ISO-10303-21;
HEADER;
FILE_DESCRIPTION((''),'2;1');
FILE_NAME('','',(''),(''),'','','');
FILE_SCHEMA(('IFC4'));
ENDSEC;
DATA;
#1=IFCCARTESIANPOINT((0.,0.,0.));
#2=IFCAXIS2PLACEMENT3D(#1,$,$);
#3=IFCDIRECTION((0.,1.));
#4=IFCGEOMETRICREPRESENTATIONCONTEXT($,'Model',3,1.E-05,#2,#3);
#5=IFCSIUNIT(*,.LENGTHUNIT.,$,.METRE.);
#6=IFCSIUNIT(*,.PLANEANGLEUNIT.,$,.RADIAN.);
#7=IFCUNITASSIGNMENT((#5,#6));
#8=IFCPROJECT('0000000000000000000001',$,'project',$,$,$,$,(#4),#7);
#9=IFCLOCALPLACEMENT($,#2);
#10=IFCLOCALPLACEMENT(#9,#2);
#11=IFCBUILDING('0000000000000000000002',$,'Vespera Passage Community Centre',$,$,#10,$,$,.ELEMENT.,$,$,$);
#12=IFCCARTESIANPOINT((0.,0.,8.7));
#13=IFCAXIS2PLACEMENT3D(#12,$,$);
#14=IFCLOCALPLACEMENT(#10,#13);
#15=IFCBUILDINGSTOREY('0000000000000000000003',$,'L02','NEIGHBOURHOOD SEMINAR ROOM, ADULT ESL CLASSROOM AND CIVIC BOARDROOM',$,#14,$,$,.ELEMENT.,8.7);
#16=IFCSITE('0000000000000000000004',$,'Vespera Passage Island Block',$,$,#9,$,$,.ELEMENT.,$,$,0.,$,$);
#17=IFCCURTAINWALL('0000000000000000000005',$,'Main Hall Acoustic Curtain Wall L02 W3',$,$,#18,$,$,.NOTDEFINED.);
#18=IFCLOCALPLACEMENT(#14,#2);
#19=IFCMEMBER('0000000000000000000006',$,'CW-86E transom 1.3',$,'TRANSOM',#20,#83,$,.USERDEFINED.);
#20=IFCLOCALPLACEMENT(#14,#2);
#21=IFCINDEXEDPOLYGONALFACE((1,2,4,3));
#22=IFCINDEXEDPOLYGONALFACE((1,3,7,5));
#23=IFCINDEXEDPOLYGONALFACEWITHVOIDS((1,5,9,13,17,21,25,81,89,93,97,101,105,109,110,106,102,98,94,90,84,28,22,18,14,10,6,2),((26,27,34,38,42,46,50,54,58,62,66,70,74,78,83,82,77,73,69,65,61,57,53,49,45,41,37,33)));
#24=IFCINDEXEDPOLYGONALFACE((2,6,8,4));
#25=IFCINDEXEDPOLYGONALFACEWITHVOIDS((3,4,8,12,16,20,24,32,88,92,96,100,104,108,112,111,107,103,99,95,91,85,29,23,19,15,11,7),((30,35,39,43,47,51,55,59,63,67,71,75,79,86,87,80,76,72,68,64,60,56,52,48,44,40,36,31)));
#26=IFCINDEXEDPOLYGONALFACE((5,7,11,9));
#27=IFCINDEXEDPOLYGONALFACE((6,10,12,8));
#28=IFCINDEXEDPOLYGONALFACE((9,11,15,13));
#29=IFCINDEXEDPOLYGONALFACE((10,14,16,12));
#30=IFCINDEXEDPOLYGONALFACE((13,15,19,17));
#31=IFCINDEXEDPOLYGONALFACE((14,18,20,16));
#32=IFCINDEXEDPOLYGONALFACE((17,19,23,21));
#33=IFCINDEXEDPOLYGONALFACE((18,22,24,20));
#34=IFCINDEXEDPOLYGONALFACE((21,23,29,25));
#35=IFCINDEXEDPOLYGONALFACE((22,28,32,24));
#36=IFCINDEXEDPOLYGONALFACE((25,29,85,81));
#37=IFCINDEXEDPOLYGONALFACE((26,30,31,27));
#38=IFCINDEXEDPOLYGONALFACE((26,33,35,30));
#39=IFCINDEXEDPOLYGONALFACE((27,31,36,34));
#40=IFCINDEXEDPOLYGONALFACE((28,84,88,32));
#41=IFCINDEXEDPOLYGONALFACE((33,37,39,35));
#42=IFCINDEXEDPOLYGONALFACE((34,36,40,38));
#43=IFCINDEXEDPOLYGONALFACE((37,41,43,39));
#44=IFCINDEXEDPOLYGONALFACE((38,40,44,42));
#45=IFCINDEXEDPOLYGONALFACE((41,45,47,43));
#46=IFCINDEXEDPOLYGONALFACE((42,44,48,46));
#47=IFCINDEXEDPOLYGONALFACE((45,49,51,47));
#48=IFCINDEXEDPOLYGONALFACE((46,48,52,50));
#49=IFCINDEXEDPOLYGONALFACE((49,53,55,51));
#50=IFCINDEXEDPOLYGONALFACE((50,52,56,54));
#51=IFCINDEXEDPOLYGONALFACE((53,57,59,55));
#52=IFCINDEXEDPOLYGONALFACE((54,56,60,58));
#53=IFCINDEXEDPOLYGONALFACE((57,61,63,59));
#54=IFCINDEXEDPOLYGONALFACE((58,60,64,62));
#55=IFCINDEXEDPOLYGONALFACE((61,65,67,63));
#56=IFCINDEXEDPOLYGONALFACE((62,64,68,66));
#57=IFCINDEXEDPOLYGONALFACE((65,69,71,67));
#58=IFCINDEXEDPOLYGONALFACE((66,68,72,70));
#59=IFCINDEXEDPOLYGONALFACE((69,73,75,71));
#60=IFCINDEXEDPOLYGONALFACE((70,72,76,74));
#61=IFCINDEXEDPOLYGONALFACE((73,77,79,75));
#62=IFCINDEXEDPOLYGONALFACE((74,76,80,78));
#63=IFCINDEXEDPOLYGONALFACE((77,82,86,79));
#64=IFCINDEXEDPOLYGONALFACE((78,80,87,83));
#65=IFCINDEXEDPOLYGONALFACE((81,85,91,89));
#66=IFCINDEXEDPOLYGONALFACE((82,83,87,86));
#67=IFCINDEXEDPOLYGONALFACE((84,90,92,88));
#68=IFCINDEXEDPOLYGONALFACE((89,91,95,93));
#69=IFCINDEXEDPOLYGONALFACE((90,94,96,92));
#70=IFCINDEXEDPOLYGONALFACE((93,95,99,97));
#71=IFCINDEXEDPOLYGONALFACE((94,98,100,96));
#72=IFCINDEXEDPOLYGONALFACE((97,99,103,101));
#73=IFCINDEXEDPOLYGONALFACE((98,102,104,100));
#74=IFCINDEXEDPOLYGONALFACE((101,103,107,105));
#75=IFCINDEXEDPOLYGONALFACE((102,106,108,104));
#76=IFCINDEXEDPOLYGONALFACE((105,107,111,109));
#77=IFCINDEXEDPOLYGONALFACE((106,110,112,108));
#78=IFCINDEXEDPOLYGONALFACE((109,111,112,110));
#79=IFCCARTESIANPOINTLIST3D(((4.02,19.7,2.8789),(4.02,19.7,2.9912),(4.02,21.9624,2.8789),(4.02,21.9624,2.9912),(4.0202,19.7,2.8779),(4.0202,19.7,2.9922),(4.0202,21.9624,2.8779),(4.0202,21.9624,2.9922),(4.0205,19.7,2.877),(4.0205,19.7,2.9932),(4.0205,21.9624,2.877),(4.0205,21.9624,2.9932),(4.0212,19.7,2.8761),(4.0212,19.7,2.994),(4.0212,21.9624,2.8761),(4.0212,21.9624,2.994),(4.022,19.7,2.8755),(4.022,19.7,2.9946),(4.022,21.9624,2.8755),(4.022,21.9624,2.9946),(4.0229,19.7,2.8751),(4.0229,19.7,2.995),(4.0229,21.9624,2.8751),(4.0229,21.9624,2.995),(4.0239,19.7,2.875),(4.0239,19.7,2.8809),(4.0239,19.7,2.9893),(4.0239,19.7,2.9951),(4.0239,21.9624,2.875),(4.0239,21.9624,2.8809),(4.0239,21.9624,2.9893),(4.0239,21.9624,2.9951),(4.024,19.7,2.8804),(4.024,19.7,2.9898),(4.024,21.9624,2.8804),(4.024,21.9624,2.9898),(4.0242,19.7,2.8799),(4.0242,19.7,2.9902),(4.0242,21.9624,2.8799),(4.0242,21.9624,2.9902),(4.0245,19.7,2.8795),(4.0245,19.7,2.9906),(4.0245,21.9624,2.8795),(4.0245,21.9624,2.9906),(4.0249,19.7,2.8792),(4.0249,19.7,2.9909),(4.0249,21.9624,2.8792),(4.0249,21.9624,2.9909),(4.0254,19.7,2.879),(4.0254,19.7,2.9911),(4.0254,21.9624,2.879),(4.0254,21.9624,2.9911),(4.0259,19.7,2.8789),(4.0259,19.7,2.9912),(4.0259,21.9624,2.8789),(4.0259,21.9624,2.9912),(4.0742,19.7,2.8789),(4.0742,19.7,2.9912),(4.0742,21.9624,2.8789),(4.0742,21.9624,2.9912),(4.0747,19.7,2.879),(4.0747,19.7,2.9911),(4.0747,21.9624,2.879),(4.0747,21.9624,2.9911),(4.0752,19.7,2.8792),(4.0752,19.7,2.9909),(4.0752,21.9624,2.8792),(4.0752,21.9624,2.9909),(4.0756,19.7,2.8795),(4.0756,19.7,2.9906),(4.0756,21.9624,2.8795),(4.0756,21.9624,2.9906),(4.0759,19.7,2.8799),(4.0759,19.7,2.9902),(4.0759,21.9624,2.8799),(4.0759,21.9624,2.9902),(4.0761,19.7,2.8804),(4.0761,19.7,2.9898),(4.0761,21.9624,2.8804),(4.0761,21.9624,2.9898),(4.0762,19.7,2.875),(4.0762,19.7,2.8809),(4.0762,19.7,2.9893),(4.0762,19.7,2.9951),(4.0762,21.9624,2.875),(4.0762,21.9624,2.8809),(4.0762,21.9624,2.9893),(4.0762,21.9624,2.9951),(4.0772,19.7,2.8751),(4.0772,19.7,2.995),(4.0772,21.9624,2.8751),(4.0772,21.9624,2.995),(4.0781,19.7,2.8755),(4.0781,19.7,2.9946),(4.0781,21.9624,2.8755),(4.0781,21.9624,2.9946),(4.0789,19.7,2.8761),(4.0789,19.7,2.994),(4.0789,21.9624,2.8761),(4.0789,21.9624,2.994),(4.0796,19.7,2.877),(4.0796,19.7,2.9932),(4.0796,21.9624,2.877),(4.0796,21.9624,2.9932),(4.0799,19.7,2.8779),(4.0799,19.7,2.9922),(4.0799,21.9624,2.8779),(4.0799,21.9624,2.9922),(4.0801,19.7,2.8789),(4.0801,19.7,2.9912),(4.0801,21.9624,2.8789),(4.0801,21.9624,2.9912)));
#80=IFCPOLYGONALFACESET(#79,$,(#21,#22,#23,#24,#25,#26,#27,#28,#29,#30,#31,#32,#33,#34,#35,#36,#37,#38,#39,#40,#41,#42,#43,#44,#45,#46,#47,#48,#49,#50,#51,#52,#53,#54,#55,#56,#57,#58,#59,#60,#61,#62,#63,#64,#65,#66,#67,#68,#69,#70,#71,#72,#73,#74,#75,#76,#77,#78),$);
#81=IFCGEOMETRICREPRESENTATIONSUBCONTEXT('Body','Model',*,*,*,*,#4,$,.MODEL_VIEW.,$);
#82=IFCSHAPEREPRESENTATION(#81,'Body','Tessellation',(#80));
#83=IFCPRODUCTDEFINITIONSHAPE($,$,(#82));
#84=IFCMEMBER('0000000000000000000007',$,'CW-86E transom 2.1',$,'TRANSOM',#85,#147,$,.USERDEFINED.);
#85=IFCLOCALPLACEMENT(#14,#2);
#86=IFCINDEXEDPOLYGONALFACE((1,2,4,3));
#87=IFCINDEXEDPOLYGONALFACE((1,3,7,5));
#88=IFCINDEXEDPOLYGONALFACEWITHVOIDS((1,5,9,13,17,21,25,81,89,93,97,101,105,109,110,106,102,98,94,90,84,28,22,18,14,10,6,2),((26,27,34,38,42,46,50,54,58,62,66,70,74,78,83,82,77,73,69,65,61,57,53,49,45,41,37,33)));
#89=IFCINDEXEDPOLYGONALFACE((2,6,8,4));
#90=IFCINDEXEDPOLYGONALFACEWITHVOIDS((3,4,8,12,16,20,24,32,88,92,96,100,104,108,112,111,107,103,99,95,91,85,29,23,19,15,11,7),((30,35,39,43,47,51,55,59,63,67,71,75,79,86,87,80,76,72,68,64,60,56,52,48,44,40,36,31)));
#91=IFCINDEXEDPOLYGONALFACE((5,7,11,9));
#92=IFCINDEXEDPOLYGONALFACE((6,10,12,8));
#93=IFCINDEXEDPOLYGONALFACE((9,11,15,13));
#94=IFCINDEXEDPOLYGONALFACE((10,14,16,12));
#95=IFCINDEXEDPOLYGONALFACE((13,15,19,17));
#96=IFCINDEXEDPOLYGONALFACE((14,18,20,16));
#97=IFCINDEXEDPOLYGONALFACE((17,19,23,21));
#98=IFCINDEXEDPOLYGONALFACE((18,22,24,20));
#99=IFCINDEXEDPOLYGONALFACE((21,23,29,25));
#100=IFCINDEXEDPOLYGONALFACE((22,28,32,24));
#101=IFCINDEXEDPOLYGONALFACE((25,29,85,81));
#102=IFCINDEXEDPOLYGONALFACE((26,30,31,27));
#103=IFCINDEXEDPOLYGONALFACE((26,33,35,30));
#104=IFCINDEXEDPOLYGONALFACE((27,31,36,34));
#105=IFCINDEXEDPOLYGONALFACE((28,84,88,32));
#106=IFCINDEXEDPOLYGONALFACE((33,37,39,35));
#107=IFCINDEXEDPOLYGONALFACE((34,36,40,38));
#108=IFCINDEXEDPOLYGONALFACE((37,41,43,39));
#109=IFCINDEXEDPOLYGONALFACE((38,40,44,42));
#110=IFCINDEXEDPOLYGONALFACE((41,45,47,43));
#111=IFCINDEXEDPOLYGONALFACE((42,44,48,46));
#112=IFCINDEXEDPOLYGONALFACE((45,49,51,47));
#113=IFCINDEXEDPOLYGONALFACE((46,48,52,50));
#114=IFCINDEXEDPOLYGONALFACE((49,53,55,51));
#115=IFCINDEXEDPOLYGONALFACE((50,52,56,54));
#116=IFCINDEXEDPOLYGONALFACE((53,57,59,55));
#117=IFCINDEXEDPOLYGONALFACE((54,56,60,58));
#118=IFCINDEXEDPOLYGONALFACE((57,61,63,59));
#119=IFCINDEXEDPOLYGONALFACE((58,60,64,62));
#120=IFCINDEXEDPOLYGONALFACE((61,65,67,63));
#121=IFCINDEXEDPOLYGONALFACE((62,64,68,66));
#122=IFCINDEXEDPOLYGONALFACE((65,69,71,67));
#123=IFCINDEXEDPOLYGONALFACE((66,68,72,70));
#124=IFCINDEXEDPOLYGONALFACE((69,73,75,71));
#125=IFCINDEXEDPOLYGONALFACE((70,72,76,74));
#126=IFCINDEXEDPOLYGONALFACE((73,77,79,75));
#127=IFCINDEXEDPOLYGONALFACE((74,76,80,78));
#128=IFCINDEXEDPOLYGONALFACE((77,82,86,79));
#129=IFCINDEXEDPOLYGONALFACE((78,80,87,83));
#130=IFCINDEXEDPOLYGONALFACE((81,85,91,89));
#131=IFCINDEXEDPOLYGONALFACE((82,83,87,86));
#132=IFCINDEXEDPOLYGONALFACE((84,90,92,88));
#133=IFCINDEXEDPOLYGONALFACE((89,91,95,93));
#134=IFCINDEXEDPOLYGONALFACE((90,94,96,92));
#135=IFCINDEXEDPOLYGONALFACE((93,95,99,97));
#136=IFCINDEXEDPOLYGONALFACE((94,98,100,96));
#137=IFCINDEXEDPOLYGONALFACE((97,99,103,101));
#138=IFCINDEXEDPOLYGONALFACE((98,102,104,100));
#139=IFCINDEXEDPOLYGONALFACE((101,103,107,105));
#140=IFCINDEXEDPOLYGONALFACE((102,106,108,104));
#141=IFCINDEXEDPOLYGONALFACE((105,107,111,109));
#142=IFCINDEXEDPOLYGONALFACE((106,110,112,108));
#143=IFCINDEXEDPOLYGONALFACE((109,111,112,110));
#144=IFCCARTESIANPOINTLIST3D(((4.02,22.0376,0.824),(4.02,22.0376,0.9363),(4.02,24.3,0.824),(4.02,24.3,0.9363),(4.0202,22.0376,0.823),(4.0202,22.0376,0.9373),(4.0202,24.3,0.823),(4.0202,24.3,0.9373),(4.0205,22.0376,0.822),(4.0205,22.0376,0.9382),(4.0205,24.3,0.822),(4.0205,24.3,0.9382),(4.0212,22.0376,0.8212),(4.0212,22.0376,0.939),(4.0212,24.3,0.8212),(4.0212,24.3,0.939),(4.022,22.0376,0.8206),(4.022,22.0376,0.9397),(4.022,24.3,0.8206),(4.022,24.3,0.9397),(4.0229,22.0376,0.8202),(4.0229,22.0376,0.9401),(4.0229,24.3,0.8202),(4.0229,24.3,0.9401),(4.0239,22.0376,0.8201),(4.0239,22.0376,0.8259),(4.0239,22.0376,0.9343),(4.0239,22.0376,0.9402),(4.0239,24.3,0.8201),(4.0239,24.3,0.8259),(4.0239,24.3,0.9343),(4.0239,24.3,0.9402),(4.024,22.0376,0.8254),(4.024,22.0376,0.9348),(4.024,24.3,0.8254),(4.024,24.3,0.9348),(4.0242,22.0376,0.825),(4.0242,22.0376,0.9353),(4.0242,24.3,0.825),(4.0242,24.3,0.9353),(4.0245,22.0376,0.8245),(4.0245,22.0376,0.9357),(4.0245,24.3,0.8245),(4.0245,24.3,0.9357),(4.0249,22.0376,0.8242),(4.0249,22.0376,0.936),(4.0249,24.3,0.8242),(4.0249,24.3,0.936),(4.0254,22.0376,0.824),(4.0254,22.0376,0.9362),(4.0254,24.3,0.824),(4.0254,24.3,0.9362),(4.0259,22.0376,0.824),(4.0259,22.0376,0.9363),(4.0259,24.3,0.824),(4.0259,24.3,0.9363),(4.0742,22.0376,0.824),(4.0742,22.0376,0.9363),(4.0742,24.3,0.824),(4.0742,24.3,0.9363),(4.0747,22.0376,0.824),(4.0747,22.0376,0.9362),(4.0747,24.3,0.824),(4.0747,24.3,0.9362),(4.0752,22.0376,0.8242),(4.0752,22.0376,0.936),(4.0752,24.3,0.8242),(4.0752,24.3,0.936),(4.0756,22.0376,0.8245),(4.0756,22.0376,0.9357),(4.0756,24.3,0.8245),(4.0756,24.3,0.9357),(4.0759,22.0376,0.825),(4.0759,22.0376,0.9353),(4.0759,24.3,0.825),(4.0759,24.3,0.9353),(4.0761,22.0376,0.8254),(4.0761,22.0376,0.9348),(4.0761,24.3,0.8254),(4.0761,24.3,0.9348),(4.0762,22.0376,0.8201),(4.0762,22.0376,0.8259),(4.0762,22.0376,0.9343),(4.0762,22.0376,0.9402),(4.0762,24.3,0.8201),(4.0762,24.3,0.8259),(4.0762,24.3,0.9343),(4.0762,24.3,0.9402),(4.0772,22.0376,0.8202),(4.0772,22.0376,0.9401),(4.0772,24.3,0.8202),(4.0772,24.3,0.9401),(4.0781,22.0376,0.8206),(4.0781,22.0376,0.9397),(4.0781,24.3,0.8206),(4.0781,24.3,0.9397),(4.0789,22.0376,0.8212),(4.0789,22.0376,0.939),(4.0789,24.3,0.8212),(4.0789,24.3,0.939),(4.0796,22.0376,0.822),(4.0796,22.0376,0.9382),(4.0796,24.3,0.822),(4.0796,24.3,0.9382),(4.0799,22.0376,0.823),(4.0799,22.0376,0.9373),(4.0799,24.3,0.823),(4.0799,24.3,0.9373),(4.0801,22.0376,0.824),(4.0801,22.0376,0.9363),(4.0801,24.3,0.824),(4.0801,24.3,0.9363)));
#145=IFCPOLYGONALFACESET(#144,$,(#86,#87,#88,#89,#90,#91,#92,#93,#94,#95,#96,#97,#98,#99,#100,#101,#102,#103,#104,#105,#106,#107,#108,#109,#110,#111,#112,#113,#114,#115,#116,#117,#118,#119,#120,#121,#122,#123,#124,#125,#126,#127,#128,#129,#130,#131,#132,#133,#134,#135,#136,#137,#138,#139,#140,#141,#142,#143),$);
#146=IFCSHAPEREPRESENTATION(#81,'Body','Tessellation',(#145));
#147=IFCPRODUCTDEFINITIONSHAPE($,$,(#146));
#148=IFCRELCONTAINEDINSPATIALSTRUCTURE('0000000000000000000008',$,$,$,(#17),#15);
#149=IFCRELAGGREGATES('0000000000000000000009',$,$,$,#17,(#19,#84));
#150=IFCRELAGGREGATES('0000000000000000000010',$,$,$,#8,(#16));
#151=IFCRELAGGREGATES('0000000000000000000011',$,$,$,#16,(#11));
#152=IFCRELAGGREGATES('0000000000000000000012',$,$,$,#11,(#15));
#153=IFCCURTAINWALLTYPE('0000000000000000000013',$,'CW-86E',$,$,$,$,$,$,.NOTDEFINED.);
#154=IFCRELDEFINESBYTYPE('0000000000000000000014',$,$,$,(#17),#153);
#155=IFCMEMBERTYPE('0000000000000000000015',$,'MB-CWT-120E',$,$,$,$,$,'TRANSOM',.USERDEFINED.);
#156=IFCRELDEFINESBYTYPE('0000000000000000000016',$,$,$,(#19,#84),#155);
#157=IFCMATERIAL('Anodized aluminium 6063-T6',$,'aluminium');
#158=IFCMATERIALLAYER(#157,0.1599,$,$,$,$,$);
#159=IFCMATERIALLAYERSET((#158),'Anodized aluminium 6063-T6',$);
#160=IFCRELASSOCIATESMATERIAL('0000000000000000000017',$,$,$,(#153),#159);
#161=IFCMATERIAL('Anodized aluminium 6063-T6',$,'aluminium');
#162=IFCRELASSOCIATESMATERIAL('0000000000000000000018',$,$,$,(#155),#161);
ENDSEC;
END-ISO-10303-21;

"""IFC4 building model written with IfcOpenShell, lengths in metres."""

from ifc_helpers import new_model, si_unit, direction, frame, origin, origin_2d, place, context, subcontext, project, spatial, hollow_rectangle, extrude, material, layer, layer_set, material_profile, profile_set, type_object, element, aggregate, save


model = new_model("IFC4")

# Units and contexts
model_context = context("Model", 3, precision=1e-05, world=origin(), true_north=direction((0.0, 1.0)))
body_context = subcontext(model_context, "Body", "Model", "MODEL_VIEW")
ifc_project = project(units=[si_unit("LENGTHUNIT", "METRE"), si_unit("PLANEANGLEUNIT", "RADIAN")], contexts=[model_context])

# Site, building, storey
site_placement = place(None, origin())
site = spatial("IfcSite", under=ifc_project, at=site_placement, Name="Vespera Passage Island Block", CompositionType="ELEMENT", RefElevation=0.0)
building_placement = place(site_placement, origin())
building = spatial("IfcBuilding", under=site, at=building_placement, Name="Vespera Passage Community Centre", CompositionType="ELEMENT")
storey_placement = place(building_placement, frame((0.0, 0.0, 8.7)))
storey = spatial("IfcBuildingStorey", under=building, at=storey_placement, Name="L02", Description="NEIGHBOURHOOD SEMINAR ROOM, ADULT ESL CLASSROOM AND CIVIC BOARDROOM", CompositionType="ELEMENT", Elevation=8.7)

# Shared definitions
ifc_material_1 = material(Name="Anodized aluminium 6063-T6", Category="aluminium")
ifc_layer_1 = layer(ifc_material_1, 0.1599)
ifc_layer_set_1 = layer_set([ifc_layer_1], Name="Anodized aluminium 6063-T6")
curtain_wall_type = type_object("IfcCurtainWallType", Name="CW-86E", PredefinedType="NOTDEFINED", material=ifc_layer_set_1)

# Curtain wall
curtain_wall_1_placement = place(storey_placement, origin())
curtain_wall_1 = element("IfcCurtainWall", 1, at=curtain_wall_1_placement, inside=storey, type_object=curtain_wall_type, Name="Main Hall Acoustic Curtain Wall L02 W3", PredefinedType="NOTDEFINED")

# Members
ifc_material_2 = material(Name="Anodized aluminium 6063-T6", Category="aluminium")
ifc_material_profile_1 = material_profile(ifc_material_2, hollow_rectangle(XDim=0.0601, YDim=0.1201, WallThickness=0.0039, InnerFilletRadius=0.002, OuterFilletRadius=0.0039, at=origin_2d()), Name="ALU120X60X4")
ifc_profile_set_1 = profile_set([ifc_material_profile_1], Name="Anodized aluminium 6063-T6")
member_type_1 = type_object("IfcMemberType", Name="MB-CWT-120E", ElementType="TRANSOM", PredefinedType="USERDEFINED", material=ifc_profile_set_1)
member_1_placement = place(storey_placement, frame((4.05, 19.7, 2.9351), z_axis=(0.0, 1.0, 0.0), x_axis=(-1.0, 0.0, 0.0)))
member_1 = element("IfcMember", 2, at=member_1_placement, type_object=member_type_1, Name="CW-86E transom 1.3", ObjectType="TRANSOM", PredefinedType="USERDEFINED", context=body_context, shape_type="SweptSolid", body=[
    extrude(hollow_rectangle(XDim=0.0601, YDim=0.1201, WallThickness=0.0039, InnerFilletRadius=0.002, OuterFilletRadius=0.0039, at=origin_2d()), origin(), (0.0, 0.0, 1.0), 2.2625),
])
member_2_placement = place(storey_placement, frame((4.05, 22.0376, 0.8801), z_axis=(0.0, 1.0, 0.0), x_axis=(-1.0, 0.0, 0.0)))
member_2 = element("IfcMember", 3, at=member_2_placement, type_object=member_type_1, Name="CW-86E transom 2.1", ObjectType="TRANSOM", PredefinedType="USERDEFINED", context=body_context, shape_type="SweptSolid", body=[
    extrude(hollow_rectangle(XDim=0.0601, YDim=0.1201, WallThickness=0.0039, InnerFilletRadius=0.002, OuterFilletRadius=0.0039, at=origin_2d()), origin(), (0.0, 0.0, 1.0), 2.2625),
])

aggregate(curtain_wall_1, [member_1, member_2])

save(model, "model.ifc")
